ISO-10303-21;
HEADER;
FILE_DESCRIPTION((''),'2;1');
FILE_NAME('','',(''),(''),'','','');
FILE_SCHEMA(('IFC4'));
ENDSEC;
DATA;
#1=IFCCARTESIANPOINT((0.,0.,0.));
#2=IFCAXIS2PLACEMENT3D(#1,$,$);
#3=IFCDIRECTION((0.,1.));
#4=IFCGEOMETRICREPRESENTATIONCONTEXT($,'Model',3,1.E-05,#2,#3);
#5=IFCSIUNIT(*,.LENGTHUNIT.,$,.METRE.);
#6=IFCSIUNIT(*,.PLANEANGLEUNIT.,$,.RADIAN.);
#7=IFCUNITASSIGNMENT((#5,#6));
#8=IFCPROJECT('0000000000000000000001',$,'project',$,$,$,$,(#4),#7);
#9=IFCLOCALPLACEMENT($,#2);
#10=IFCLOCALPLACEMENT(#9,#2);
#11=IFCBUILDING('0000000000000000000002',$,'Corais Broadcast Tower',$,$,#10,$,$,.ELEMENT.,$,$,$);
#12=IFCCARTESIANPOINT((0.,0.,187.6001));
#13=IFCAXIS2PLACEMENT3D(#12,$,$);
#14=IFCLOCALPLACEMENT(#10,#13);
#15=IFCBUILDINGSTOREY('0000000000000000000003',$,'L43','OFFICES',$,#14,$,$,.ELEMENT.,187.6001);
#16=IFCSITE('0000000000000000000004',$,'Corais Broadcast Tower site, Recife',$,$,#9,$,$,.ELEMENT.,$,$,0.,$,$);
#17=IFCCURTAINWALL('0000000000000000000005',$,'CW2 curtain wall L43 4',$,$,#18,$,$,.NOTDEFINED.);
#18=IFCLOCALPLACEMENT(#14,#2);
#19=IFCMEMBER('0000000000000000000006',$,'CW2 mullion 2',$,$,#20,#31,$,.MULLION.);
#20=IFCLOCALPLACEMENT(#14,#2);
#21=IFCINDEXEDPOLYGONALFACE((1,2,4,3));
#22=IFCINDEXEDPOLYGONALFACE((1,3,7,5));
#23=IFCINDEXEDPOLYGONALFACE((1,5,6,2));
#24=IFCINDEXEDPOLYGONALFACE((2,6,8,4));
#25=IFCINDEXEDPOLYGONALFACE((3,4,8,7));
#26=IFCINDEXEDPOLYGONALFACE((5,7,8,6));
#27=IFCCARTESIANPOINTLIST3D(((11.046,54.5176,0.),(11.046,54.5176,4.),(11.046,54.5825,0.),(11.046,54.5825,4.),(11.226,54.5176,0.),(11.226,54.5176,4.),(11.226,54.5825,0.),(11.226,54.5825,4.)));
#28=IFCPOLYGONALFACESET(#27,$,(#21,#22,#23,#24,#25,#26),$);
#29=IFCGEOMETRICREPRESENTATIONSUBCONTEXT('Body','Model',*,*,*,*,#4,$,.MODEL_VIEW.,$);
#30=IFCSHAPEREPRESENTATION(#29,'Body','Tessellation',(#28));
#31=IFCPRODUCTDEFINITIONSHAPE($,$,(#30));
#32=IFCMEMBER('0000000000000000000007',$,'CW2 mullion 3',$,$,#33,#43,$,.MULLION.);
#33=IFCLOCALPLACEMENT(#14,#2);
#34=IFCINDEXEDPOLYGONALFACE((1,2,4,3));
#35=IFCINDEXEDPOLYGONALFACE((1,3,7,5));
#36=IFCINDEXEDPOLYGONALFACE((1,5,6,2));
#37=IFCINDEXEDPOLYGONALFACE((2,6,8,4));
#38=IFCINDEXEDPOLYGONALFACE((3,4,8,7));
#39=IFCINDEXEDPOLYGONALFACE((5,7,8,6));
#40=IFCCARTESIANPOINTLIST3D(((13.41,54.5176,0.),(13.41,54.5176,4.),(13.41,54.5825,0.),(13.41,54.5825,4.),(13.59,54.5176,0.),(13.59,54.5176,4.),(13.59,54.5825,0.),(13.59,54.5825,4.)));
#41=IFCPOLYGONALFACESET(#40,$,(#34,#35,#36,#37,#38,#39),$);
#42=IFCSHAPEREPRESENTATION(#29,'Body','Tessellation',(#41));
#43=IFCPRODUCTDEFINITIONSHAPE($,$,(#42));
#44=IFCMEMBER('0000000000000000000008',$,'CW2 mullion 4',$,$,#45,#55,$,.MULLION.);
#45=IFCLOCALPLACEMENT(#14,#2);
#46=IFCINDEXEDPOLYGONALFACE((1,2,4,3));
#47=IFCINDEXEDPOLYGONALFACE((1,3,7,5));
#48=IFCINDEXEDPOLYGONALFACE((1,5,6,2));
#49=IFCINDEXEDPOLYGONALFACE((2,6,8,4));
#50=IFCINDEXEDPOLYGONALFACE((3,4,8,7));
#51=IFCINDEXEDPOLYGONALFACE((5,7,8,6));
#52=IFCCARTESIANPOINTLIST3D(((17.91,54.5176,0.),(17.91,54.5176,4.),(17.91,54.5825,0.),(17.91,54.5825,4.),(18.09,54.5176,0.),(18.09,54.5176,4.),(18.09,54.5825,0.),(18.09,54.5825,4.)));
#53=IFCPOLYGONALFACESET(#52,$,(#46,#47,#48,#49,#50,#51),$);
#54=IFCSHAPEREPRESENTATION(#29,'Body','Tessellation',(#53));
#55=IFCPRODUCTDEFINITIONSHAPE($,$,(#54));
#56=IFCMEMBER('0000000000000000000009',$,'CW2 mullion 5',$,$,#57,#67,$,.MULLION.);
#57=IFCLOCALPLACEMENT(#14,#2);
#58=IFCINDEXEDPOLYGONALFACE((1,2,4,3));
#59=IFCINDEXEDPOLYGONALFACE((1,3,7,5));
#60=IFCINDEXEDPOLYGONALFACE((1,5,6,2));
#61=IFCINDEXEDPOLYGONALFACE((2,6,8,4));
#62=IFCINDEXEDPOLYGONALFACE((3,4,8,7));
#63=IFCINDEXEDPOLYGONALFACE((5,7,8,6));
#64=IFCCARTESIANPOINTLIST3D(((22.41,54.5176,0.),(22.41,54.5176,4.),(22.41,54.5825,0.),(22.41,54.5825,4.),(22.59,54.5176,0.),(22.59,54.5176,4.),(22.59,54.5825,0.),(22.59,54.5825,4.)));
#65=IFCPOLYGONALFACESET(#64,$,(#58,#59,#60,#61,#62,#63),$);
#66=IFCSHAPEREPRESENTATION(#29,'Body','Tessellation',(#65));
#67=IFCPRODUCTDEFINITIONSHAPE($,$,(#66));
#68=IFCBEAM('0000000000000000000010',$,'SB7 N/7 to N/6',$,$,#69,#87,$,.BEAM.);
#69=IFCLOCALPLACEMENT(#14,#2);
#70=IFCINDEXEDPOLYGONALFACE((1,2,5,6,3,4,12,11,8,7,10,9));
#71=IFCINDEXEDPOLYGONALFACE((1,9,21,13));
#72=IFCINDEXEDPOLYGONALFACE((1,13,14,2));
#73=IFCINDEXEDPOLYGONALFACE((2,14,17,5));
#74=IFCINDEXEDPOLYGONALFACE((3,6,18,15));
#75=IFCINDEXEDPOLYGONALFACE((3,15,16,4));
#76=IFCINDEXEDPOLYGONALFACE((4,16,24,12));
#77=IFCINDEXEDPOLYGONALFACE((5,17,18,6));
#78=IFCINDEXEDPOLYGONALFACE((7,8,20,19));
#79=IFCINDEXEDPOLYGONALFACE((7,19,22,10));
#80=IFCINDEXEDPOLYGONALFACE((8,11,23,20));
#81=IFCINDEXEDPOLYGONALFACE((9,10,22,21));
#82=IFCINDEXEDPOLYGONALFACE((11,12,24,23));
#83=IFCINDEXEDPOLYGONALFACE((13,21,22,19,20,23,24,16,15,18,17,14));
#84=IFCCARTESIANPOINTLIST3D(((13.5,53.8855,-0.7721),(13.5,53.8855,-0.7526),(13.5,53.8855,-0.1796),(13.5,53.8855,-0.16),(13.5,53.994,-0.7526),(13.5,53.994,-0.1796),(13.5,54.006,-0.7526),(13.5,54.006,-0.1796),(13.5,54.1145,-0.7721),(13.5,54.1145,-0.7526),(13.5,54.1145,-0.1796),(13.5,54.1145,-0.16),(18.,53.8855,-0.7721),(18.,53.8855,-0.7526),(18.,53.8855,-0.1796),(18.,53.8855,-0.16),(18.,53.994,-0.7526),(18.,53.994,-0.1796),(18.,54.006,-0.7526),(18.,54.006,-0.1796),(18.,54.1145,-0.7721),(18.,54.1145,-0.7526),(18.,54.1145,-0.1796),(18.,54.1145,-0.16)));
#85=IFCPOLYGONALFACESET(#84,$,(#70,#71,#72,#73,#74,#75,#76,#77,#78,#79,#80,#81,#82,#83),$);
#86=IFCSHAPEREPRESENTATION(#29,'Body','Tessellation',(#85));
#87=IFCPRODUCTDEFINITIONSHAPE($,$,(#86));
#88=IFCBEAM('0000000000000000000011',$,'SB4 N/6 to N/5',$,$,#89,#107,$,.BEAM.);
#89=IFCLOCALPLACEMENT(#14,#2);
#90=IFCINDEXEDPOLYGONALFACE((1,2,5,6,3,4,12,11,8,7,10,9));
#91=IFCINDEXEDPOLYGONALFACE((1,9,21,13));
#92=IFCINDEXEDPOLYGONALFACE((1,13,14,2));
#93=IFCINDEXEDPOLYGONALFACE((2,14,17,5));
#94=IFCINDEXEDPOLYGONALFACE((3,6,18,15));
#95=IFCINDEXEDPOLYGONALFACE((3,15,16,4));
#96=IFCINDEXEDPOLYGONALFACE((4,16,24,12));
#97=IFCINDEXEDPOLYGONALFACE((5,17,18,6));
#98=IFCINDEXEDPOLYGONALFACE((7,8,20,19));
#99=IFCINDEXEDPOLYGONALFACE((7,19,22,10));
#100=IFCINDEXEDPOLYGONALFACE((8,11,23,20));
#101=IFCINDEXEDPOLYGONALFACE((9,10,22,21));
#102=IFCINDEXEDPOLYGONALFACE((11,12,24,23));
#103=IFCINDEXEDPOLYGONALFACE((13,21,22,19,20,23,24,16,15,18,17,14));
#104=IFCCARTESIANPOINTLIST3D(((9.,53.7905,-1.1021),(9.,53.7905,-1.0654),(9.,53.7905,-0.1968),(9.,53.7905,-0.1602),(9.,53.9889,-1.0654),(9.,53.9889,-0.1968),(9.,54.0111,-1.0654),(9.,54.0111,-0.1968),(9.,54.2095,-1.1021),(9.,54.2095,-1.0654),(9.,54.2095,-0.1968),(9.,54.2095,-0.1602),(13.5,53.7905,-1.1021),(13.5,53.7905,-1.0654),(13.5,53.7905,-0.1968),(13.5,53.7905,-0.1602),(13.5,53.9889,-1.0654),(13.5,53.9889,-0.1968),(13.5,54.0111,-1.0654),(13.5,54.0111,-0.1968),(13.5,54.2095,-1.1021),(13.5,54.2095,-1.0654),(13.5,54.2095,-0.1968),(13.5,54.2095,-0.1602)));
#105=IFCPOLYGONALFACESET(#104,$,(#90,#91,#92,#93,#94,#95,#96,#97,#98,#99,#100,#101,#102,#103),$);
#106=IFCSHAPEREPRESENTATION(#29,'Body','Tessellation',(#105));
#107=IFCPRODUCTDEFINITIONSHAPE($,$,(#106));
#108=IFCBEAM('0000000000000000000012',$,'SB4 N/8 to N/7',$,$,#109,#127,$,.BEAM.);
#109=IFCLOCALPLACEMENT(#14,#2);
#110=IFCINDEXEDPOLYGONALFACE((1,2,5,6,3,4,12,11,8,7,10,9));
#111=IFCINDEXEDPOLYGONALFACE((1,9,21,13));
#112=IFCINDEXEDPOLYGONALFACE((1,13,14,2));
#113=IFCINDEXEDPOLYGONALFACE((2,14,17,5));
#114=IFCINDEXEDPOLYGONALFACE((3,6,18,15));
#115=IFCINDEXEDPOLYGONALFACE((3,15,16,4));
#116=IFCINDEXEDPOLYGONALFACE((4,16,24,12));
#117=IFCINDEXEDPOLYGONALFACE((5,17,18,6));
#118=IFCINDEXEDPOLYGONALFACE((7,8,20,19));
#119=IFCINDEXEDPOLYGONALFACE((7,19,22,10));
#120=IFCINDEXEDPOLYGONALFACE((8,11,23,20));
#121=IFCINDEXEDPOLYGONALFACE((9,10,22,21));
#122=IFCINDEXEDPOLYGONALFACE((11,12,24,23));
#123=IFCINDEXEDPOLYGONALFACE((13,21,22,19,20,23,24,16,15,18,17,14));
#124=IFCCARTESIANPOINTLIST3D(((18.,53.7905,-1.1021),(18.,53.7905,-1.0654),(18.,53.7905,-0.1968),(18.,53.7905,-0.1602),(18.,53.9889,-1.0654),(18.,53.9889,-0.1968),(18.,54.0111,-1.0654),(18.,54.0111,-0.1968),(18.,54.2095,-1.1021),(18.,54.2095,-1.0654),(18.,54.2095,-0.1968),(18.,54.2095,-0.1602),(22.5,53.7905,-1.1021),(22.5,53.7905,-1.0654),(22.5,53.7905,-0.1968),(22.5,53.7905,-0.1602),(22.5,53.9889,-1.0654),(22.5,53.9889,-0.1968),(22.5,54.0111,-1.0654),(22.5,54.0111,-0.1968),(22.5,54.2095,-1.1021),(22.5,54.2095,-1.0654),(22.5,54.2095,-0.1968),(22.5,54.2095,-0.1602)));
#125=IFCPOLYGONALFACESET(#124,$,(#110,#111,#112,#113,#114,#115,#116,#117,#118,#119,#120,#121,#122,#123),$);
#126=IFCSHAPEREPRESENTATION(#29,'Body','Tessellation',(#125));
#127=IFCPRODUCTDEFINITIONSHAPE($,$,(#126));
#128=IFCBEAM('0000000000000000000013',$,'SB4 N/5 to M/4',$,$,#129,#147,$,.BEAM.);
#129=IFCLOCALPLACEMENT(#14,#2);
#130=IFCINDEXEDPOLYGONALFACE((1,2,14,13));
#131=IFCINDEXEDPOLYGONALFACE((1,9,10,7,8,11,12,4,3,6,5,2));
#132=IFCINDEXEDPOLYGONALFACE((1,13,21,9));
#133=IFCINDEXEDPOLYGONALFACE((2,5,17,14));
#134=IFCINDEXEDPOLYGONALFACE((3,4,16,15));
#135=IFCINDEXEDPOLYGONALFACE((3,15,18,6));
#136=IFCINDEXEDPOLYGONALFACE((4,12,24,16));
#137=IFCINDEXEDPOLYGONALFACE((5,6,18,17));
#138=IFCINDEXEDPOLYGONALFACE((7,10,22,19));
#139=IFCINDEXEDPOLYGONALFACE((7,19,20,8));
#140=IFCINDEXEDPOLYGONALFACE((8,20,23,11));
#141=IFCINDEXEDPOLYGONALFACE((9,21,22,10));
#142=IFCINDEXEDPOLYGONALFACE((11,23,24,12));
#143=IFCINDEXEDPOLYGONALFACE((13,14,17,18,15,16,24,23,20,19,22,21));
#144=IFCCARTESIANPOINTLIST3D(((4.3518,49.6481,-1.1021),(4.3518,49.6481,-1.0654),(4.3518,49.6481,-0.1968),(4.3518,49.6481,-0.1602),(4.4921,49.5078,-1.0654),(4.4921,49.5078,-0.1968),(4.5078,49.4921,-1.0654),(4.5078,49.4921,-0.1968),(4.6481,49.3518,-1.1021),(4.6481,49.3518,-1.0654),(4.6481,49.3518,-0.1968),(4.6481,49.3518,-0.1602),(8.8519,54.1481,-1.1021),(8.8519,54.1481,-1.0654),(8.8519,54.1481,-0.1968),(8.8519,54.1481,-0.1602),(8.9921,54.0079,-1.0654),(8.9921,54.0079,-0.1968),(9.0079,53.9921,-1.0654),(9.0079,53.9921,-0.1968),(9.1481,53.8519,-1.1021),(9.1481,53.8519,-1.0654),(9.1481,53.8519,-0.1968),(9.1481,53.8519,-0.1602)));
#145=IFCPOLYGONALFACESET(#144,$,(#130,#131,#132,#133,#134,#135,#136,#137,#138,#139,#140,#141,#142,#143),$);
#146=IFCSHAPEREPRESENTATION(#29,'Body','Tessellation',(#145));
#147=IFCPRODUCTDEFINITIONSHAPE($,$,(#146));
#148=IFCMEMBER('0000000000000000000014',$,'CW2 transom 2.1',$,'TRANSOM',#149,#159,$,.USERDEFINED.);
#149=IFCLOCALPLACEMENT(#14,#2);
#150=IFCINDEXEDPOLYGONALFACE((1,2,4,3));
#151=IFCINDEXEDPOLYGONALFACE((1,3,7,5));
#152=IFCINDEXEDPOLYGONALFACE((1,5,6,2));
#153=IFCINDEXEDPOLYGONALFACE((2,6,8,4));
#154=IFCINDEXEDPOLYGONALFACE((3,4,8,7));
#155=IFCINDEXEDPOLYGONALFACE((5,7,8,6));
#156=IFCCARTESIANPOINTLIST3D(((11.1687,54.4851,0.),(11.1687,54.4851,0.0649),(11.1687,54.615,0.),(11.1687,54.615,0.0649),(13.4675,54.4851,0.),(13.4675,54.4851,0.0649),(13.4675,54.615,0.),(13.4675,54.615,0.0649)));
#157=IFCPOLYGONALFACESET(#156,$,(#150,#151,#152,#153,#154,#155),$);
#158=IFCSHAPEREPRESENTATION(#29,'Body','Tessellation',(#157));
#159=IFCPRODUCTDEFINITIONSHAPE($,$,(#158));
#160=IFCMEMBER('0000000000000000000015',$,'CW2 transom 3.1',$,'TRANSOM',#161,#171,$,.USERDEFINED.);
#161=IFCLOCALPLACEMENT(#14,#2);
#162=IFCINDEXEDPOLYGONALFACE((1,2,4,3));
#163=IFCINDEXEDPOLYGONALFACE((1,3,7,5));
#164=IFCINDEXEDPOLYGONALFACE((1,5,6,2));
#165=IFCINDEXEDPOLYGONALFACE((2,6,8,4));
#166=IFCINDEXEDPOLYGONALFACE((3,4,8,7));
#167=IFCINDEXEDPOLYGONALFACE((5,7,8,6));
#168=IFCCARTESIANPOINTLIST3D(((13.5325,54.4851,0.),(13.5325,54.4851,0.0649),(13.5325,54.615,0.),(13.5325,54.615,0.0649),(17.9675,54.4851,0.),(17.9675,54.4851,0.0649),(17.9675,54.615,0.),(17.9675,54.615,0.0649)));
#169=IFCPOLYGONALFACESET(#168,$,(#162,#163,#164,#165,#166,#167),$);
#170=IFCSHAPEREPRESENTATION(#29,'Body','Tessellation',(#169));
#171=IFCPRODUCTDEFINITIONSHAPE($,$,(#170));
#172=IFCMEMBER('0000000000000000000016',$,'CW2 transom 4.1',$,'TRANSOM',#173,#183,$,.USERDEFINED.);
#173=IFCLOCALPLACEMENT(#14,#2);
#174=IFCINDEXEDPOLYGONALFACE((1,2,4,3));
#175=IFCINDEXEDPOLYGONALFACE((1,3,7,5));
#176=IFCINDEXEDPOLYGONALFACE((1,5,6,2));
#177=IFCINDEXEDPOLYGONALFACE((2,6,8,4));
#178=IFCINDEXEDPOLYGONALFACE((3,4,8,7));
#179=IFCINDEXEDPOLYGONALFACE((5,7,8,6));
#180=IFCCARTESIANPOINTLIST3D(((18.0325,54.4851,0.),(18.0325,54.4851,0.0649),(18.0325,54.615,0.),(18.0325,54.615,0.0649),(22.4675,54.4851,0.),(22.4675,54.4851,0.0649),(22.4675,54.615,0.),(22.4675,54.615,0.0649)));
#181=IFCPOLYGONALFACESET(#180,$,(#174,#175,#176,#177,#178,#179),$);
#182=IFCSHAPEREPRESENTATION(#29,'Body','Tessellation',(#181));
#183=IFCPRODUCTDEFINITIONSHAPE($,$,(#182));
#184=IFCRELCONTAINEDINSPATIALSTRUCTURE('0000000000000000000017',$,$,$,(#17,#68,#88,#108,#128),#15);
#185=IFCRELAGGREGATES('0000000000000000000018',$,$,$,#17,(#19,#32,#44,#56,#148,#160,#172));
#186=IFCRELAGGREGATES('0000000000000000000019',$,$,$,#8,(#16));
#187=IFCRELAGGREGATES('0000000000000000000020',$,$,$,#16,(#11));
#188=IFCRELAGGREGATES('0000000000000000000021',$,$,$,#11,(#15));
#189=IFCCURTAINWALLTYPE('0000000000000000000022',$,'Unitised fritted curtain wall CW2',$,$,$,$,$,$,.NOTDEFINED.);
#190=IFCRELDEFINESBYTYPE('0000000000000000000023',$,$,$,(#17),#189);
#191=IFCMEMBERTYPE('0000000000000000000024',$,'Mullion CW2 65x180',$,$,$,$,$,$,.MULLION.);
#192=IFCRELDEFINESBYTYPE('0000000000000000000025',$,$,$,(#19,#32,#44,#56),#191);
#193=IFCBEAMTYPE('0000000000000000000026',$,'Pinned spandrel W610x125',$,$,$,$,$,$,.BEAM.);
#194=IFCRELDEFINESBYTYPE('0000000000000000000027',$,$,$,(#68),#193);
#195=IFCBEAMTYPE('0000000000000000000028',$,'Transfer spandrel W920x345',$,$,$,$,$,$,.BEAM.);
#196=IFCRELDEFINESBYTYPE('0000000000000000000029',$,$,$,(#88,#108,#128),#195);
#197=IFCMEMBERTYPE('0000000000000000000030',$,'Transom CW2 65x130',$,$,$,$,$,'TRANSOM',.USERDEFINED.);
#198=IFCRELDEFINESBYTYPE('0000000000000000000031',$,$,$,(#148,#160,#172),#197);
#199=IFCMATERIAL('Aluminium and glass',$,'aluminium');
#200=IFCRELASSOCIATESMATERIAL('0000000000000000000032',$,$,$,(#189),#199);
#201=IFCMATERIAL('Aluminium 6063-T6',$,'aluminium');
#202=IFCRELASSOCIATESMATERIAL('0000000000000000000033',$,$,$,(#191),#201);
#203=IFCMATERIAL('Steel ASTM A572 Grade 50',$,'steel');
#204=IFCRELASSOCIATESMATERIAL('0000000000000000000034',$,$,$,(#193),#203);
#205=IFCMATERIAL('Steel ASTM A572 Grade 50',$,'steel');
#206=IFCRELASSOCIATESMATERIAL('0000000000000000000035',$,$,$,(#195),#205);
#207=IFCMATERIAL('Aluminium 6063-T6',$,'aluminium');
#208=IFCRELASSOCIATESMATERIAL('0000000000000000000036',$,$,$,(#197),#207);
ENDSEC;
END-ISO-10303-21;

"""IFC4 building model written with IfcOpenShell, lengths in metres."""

from ifc_helpers import new_model, si_unit, direction, frame, origin, origin_2d, place, context, subcontext, project, spatial, rectangle, i_section, extrude, material, material_profile, profile_set, type_object, element, aggregate, save


model = new_model("IFC4")

# Units and contexts
model_context = context("Model", 3, precision=1e-05, world=origin(), true_north=direction((0.0, 1.0)))
body_context = subcontext(model_context, "Body", "Model", "MODEL_VIEW")
ifc_project = project(units=[si_unit("LENGTHUNIT", "METRE"), si_unit("PLANEANGLEUNIT", "RADIAN")], contexts=[model_context])

# Site, building, storey
site_placement = place(None, origin())
site = spatial("IfcSite", under=ifc_project, at=site_placement, Name="Corais Broadcast Tower site, Recife", CompositionType="ELEMENT", RefElevation=0.0)
building_placement = place(site_placement, origin())
building = spatial("IfcBuilding", under=site, at=building_placement, Name="Corais Broadcast Tower", CompositionType="ELEMENT")
storey_placement = place(building_placement, frame((0.0, 0.0, 187.6001)))
storey = spatial("IfcBuildingStorey", under=building, at=storey_placement, Name="L43", Description="OFFICES", CompositionType="ELEMENT", Elevation=187.6001)

# Curtain wall, members
ifc_material_1 = material(Name="Aluminium and glass", Category="aluminium")
curtain_wall_type = type_object("IfcCurtainWallType", Name="Unitised fritted curtain wall CW2", PredefinedType="NOTDEFINED", material=ifc_material_1)
curtain_wall_placement = place(storey_placement, origin())
curtain_wall = element("IfcCurtainWall", 1, at=curtain_wall_placement, inside=storey, type_object=curtain_wall_type, Name="CW2 curtain wall L43 4", PredefinedType="NOTDEFINED")
ifc_material_2 = material(Name="Aluminium 6063-T6", Category="aluminium")
ifc_material_profile_1 = material_profile(ifc_material_2, rectangle(XDim=0.0649, YDim=0.1799, at=origin_2d()), Name="Mullion CW2 65x180")
ifc_profile_set_1 = profile_set([ifc_material_profile_1], Name="Aluminium 6063-T6")
member_type_1 = type_object("IfcMemberType", Name="Mullion CW2 65x180", PredefinedType="MULLION", material=ifc_profile_set_1)
member_1_placement = place(storey_placement, frame((11.136, 54.55, 0.0), z_axis=(0.0, 0.0, 1.0), x_axis=(0.0, 1.0, 0.0)))
member_1 = element("IfcMember", 2, at=member_1_placement, type_object=member_type_1, Name="CW2 mullion 2", PredefinedType="MULLION", context=body_context, shape_type="SweptSolid", body=[
    extrude(rectangle(XDim=0.0649, YDim=0.1799, at=origin_2d()), origin(), (0.0, 0.0, 1.0), 4.0),
])
member_2_placement = place(storey_placement, frame((13.5, 54.55, 0.0), z_axis=(0.0, 0.0, 1.0), x_axis=(0.0, 1.0, 0.0)))
member_2 = element("IfcMember", 3, at=member_2_placement, type_object=member_type_1, Name="CW2 mullion 3", PredefinedType="MULLION", context=body_context, shape_type="SweptSolid", body=[
    extrude(rectangle(XDim=0.0649, YDim=0.1799, at=origin_2d()), origin(), (0.0, 0.0, 1.0), 4.0),
])
member_3_placement = place(storey_placement, frame((18.0, 54.55, 0.0), z_axis=(0.0, 0.0, 1.0), x_axis=(0.0, 1.0, 0.0)))
member_3 = element("IfcMember", 4, at=member_3_placement, type_object=member_type_1, Name="CW2 mullion 4", PredefinedType="MULLION", context=body_context, shape_type="SweptSolid", body=[
    extrude(rectangle(XDim=0.0649, YDim=0.1799, at=origin_2d()), origin(), (0.0, 0.0, 1.0), 4.0),
])
member_4_placement = place(storey_placement, frame((22.5, 54.55, 0.0), z_axis=(0.0, 0.0, 1.0), x_axis=(0.0, 1.0, 0.0)))
member_4 = element("IfcMember", 5, at=member_4_placement, type_object=member_type_1, Name="CW2 mullion 5", PredefinedType="MULLION", context=body_context, shape_type="SweptSolid", body=[
    extrude(rectangle(XDim=0.0649, YDim=0.1799, at=origin_2d()), origin(), (0.0, 0.0, 1.0), 4.0),
])

# Beams
ifc_material_3 = material(Name="Steel ASTM A572 Grade 50", Category="steel")
ifc_material_profile_2 = material_profile(ifc_material_3, i_section(OverallWidth=0.229, OverallDepth=0.6121, WebThickness=0.012, FlangeThickness=0.0195, at=origin_2d()), Name="W610x125")
ifc_profile_set_2 = profile_set([ifc_material_profile_2], Name="Steel ASTM A572 Grade 50")
beam_type_1 = type_object("IfcBeamType", Name="Pinned spandrel W610x125", PredefinedType="BEAM", material=ifc_profile_set_2)
beam_1_placement = place(storey_placement, frame((18.0, 54.0, -0.4661), z_axis=(-1.0, 0.0, 0.0), x_axis=(0.0, -1.0, 0.0)))
element("IfcBeam", 6, at=beam_1_placement, inside=storey, type_object=beam_type_1, Name="SB7 N/7 to N/6", PredefinedType="BEAM", context=body_context, shape_type="SweptSolid", body=[
    extrude(i_section(OverallWidth=0.229, OverallDepth=0.6121, WebThickness=0.012, FlangeThickness=0.0195, at=origin_2d()), origin(), (0.0, 0.0, 1.0), 4.5),
])
ifc_material_4 = material(Name="Steel ASTM A572 Grade 50", Category="steel")
ifc_material_profile_3 = material_profile(ifc_material_4, i_section(OverallWidth=0.4189, OverallDepth=0.9419, WebThickness=0.0222, FlangeThickness=0.0366, at=origin_2d()), Name="W920x345")
ifc_profile_set_3 = profile_set([ifc_material_profile_3], Name="Steel ASTM A572 Grade 50")
beam_type_2 = type_object("IfcBeamType", Name="Transfer spandrel W920x345", PredefinedType="BEAM", material=ifc_profile_set_3)
for number, where, z_axis, x_axis, name in (
    (7, (13.5, 54.0, -0.6311), (-1.0, 0.0, 0.0), (0.0, -1.0, 0.0), "SB4 N/6 to N/5"),
    (8, (22.5, 54.0, -0.6311), (-1.0, 0.0, 0.0), (0.0, -1.0, 0.0), "SB4 N/8 to N/7"),
):
    element("IfcBeam", number, at=place(storey_placement, frame(where, z_axis=z_axis, x_axis=x_axis)), inside=storey, type_object=beam_type_2, Name=name, PredefinedType="BEAM", context=body_context, shape_type="SweptSolid", body=[
        extrude(i_section(OverallWidth=0.4189, OverallDepth=0.9419, WebThickness=0.0222, FlangeThickness=0.0366, at=origin_2d()), origin(), (0.0, 0.0, 1.0), 4.5),
    ])
beam_2_placement = place(storey_placement, frame((9.0, 54.0, -0.6311), z_axis=(-0.707107, -0.707107, 0.0), x_axis=(0.707107, -0.707107, 0.0)))
element("IfcBeam", 9, at=beam_2_placement, inside=storey, type_object=beam_type_2, Name="SB4 N/5 to M/4", PredefinedType="BEAM", context=body_context, shape_type="SweptSolid", body=[
    extrude(i_section(OverallWidth=0.4189, OverallDepth=0.9419, WebThickness=0.0222, FlangeThickness=0.0366, at=origin_2d()), origin(), (0.0, 0.0, 1.0), 6.364),
])

# Members
ifc_material_5 = material(Name="Aluminium 6063-T6", Category="aluminium")
ifc_material_profile_4 = material_profile(ifc_material_5, rectangle(XDim=0.1299, YDim=0.0649, at=origin_2d()), Name="Transom CW2 65x130")
ifc_profile_set_4 = profile_set([ifc_material_profile_4], Name="Aluminium 6063-T6")
member_type_2 = type_object("IfcMemberType", Name="Transom CW2 65x130", ElementType="TRANSOM", PredefinedType="USERDEFINED", material=ifc_profile_set_4)
member_5_placement = place(storey_placement, frame((11.1687, 54.55, 0.0325), z_axis=(1.0, 0.0, 0.0), x_axis=(0.0, 1.0, 0.0)))
member_5 = element("IfcMember", 10, at=member_5_placement, type_object=member_type_2, Name="CW2 transom 2.1", ObjectType="TRANSOM", PredefinedType="USERDEFINED", context=body_context, shape_type="SweptSolid", body=[
    extrude(rectangle(XDim=0.1299, YDim=0.0649, at=origin_2d()), origin(), (0.0, 0.0, 1.0), 2.2988),
])
member_6_placement = place(storey_placement, frame((13.5325, 54.55, 0.0325), z_axis=(1.0, 0.0, 0.0), x_axis=(0.0, 1.0, 0.0)))
member_6 = element("IfcMember", 11, at=member_6_placement, type_object=member_type_2, Name="CW2 transom 3.1", ObjectType="TRANSOM", PredefinedType="USERDEFINED", context=body_context, shape_type="SweptSolid", body=[
    extrude(rectangle(XDim=0.1299, YDim=0.0649, at=origin_2d()), origin(), (0.0, 0.0, 1.0), 4.4351),
])
member_7_placement = place(storey_placement, frame((18.0325, 54.55, 0.0325), z_axis=(1.0, 0.0, 0.0), x_axis=(0.0, 1.0, 0.0)))
member_7 = element("IfcMember", 12, at=member_7_placement, type_object=member_type_2, Name="CW2 transom 4.1", ObjectType="TRANSOM", PredefinedType="USERDEFINED", context=body_context, shape_type="SweptSolid", body=[
    extrude(rectangle(XDim=0.1299, YDim=0.0649, at=origin_2d()), origin(), (0.0, 0.0, 1.0), 4.4351),
])

aggregate(curtain_wall, [member_1, member_2, member_3, member_4, member_5, member_6, member_7])

save(model, "model.ifc")
